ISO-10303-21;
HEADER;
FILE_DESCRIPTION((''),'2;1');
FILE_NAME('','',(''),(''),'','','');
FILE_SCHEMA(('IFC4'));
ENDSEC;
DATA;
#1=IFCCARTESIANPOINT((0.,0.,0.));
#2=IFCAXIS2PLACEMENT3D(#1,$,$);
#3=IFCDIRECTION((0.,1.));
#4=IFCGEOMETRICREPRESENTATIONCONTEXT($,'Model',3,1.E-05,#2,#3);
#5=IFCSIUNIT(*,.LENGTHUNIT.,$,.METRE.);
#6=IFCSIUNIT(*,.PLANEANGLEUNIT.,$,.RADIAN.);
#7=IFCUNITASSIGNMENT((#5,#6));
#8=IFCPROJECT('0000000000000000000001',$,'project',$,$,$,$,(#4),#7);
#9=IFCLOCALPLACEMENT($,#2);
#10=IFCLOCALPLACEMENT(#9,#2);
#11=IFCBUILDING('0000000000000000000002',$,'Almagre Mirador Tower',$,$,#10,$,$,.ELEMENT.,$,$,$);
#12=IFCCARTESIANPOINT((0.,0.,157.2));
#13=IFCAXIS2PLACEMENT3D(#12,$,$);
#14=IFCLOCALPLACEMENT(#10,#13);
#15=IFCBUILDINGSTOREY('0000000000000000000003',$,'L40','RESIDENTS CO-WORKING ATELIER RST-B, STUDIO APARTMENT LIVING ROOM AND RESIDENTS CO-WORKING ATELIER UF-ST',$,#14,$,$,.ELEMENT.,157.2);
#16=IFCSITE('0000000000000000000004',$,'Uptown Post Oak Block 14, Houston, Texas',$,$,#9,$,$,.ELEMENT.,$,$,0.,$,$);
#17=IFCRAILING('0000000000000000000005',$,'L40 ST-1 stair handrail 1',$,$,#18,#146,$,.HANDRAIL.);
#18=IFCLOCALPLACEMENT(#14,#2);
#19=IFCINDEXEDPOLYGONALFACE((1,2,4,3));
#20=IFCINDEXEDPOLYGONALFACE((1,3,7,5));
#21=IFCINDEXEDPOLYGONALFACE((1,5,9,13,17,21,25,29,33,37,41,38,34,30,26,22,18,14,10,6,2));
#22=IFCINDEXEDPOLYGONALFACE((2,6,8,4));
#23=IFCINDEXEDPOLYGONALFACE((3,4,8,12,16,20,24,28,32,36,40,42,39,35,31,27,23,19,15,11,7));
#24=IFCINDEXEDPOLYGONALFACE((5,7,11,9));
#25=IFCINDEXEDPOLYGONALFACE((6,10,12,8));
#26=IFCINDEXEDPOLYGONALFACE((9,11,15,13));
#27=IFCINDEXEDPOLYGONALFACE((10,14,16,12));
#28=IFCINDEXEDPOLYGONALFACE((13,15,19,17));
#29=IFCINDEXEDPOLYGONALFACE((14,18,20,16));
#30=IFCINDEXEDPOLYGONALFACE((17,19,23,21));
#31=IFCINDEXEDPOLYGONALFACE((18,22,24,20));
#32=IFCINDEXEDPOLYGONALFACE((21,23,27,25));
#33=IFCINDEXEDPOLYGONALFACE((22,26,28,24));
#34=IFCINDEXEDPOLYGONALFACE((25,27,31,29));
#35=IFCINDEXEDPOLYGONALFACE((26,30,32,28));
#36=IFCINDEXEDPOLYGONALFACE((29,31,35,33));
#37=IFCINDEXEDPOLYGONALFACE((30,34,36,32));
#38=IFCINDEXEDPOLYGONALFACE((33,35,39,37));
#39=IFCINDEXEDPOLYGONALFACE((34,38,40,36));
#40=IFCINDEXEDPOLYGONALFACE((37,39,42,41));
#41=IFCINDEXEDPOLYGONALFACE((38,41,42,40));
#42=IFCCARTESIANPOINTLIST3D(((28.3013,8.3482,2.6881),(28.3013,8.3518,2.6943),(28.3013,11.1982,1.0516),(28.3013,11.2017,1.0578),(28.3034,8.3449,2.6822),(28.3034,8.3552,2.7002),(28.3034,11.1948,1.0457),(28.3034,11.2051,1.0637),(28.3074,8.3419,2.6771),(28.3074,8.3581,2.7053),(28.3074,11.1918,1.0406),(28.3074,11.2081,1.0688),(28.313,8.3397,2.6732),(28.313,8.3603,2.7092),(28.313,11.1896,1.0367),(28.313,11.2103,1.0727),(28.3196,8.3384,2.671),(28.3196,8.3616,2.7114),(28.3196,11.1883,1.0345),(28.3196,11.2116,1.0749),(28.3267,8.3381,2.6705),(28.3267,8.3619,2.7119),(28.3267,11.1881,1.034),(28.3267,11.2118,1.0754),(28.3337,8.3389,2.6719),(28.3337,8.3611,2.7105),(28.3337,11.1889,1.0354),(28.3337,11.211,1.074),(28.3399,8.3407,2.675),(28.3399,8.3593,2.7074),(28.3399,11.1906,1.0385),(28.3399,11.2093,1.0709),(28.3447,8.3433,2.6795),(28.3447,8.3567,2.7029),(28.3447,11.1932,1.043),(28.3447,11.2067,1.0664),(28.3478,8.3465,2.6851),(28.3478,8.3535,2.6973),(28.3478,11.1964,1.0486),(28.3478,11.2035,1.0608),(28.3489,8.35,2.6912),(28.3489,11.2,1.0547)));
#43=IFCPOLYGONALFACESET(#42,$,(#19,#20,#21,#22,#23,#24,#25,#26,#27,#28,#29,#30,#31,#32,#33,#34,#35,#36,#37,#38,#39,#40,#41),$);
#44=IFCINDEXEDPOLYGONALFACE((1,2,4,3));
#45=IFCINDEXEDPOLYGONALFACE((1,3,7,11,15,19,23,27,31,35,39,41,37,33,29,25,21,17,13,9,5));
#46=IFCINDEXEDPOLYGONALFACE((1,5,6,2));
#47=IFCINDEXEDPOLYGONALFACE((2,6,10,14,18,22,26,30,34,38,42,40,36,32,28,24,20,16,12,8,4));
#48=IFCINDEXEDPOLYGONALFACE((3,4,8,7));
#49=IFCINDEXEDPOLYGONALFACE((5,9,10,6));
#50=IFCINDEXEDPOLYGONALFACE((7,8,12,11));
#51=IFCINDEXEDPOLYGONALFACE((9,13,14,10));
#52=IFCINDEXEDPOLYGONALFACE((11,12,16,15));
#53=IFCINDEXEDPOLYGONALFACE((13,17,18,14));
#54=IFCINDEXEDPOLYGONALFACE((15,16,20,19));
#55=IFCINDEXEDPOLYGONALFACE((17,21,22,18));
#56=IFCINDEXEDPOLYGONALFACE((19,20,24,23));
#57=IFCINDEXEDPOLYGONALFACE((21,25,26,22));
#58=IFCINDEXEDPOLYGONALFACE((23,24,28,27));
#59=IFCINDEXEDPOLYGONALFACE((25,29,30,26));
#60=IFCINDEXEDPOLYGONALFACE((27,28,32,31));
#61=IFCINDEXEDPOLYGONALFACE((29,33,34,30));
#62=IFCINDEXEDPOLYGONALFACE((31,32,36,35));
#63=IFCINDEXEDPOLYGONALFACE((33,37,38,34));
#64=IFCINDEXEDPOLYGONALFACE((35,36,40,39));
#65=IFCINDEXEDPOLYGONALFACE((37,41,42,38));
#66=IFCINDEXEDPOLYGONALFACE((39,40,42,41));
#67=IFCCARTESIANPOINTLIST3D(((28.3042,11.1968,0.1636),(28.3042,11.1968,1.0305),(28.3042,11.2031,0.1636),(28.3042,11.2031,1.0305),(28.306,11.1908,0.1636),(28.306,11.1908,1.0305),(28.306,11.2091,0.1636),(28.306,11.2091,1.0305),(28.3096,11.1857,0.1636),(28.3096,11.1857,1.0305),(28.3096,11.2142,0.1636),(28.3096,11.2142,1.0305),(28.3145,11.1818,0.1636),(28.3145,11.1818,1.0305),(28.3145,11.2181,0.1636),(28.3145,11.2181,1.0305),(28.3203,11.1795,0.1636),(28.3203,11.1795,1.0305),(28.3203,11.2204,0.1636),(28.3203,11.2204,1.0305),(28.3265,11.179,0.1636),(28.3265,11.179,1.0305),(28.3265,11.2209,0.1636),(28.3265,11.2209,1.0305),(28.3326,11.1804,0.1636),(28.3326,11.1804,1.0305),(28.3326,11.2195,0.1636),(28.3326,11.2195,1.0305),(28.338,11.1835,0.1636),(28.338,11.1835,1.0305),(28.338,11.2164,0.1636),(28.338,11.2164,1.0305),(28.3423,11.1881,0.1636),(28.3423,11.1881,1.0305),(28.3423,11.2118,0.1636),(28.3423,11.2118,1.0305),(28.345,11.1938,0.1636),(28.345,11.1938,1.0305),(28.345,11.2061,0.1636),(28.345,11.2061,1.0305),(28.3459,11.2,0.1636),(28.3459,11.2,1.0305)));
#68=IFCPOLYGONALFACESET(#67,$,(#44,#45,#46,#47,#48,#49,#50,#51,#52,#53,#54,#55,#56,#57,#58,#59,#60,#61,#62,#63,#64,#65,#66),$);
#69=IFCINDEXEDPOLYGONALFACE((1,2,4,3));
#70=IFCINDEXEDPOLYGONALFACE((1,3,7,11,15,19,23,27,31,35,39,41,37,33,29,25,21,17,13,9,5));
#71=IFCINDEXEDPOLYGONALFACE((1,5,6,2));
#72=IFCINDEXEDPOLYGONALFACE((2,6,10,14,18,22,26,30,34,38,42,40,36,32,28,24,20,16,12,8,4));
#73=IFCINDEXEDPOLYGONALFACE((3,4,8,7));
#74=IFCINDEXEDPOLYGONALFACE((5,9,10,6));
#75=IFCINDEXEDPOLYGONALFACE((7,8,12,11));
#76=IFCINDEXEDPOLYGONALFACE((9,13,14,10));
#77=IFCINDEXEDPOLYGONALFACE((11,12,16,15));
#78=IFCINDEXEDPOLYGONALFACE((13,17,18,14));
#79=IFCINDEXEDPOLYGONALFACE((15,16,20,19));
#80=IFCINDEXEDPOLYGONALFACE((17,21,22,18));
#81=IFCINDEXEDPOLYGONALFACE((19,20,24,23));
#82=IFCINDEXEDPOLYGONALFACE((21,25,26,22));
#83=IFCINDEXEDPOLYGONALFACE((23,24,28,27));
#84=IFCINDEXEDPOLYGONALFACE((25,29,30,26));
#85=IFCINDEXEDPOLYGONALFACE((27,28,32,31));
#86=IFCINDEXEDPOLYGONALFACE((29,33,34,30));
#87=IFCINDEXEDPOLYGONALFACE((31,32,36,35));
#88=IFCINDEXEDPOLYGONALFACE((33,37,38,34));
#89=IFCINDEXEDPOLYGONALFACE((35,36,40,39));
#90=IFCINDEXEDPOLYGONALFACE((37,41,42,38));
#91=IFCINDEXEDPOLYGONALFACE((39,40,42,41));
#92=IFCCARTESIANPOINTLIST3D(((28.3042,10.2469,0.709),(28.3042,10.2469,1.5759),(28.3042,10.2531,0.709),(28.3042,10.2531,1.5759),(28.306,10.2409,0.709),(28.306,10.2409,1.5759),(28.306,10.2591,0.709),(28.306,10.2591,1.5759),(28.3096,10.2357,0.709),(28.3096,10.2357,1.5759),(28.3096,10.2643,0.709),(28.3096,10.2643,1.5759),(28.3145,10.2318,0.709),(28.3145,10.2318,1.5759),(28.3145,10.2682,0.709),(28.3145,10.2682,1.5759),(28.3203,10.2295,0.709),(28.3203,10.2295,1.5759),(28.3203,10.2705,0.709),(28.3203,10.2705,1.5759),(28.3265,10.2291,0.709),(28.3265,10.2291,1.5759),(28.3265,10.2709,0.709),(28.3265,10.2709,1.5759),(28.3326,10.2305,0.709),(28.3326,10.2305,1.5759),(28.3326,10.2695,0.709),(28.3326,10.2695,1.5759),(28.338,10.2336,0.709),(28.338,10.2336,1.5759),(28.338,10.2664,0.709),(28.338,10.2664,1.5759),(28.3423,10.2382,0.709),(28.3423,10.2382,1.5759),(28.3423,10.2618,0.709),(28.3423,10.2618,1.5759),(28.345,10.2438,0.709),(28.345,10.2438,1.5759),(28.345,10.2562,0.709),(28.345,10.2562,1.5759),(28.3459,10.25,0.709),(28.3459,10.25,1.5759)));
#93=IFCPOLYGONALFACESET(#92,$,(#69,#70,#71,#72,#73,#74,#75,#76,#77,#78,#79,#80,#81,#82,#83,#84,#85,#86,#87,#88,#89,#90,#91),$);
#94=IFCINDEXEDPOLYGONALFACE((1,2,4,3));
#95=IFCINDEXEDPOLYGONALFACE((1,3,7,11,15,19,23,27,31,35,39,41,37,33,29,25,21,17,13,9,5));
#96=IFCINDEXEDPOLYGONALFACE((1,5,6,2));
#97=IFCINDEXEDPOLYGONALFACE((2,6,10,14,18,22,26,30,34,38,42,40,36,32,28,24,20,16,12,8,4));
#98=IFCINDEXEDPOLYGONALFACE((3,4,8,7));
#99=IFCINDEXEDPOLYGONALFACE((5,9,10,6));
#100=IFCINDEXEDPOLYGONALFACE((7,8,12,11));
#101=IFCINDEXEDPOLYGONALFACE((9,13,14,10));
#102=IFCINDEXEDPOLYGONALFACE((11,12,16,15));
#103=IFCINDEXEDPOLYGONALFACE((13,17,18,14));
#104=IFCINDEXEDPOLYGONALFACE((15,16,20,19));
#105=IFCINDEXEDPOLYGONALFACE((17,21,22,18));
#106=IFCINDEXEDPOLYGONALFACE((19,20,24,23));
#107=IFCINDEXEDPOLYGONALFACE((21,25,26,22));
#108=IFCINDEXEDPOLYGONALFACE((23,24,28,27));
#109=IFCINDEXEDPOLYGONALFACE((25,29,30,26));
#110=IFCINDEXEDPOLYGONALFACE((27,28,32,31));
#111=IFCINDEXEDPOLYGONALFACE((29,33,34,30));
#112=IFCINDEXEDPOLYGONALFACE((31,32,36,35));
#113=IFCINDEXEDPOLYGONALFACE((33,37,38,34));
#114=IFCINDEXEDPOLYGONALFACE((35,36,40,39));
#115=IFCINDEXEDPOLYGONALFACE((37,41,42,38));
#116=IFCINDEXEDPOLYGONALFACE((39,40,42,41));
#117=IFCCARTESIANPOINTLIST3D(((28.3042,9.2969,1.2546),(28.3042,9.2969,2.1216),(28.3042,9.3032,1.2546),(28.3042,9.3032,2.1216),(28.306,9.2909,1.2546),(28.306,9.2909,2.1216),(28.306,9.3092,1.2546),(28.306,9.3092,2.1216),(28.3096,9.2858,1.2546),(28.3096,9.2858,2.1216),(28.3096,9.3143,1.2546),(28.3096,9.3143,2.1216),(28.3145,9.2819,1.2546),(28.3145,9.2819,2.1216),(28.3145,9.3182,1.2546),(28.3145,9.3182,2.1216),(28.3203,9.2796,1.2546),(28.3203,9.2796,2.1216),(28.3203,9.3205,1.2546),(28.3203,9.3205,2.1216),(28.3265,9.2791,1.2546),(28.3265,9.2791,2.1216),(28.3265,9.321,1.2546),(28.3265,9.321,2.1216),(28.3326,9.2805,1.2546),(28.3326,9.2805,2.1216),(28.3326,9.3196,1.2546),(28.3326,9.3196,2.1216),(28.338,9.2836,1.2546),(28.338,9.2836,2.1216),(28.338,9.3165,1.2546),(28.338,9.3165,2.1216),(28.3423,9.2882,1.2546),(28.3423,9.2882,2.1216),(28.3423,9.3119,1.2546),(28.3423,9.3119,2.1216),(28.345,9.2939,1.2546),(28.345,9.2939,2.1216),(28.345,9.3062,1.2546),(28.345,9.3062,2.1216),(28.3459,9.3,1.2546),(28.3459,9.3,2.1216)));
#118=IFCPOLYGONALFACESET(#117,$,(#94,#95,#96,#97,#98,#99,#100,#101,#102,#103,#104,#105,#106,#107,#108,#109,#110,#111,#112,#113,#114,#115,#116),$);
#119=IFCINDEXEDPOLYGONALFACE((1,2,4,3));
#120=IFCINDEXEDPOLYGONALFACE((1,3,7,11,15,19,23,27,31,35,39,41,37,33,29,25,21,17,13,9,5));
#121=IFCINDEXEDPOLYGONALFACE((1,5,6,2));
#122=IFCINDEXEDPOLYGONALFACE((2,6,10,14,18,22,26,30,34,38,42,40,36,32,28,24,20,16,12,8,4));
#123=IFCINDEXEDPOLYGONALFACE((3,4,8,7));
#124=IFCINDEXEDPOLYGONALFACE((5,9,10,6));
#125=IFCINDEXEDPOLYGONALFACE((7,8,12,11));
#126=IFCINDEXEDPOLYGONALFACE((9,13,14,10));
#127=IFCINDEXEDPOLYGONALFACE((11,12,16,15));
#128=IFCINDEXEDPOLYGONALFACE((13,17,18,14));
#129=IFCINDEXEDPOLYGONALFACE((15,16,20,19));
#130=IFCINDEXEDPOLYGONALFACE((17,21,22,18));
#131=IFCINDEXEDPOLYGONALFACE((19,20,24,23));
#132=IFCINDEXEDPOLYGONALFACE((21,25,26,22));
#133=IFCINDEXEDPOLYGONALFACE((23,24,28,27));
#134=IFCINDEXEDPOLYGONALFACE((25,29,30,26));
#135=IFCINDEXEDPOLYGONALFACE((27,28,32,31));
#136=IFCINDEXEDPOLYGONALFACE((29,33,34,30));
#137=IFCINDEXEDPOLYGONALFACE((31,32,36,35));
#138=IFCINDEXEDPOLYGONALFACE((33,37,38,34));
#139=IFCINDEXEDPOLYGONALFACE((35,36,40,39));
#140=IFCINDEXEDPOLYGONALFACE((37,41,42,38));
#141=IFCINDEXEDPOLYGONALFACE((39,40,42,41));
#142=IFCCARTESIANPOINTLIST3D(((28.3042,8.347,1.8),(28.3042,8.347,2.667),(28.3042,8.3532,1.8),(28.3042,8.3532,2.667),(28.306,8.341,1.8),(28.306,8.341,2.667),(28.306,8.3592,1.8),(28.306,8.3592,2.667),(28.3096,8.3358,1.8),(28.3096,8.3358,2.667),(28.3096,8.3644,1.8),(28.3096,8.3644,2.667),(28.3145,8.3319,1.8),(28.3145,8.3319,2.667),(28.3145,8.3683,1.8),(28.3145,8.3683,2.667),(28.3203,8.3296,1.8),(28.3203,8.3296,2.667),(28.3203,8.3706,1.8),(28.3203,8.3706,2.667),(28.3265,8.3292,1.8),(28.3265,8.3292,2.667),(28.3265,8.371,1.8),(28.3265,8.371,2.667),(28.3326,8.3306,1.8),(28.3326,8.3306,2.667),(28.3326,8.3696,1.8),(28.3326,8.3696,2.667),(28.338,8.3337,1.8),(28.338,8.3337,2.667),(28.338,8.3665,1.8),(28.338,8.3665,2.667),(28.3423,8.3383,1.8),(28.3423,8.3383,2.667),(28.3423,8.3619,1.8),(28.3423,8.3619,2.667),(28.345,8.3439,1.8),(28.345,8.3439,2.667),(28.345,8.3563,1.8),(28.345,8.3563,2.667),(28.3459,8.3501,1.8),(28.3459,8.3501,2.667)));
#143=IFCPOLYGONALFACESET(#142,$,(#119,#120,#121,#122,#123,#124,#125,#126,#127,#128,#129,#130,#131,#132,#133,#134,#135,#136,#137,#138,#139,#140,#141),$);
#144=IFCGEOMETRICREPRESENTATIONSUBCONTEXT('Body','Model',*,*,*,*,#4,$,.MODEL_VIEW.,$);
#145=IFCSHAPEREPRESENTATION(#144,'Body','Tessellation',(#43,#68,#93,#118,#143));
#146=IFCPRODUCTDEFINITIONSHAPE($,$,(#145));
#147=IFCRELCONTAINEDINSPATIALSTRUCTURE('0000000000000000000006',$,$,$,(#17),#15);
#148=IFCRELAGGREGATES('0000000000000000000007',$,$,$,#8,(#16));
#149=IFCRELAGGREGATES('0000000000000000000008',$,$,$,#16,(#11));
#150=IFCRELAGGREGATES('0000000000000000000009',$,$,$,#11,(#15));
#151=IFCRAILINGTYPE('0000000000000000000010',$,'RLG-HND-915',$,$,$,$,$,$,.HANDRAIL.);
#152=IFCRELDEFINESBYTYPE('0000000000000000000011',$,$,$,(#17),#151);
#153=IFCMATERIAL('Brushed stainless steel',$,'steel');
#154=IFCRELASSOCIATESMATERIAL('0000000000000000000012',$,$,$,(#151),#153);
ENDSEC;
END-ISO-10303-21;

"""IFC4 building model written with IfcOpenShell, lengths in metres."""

from ifc_helpers import new_model, si_unit, direction, frame, origin, origin_2d, place, context, subcontext, project, spatial, circle, extrude, material, type_object, element, save


model = new_model("IFC4")

# Units and contexts
model_context = context("Model", 3, precision=1e-05, world=origin(), true_north=direction((0.0, 1.0)))
body_context = subcontext(model_context, "Body", "Model", "MODEL_VIEW")
ifc_project = project(units=[si_unit("LENGTHUNIT", "METRE"), si_unit("PLANEANGLEUNIT", "RADIAN")], contexts=[model_context])

# Site, building, storey
site_placement = place(None, origin())
site = spatial("IfcSite", under=ifc_project, at=site_placement, Name="Uptown Post Oak Block 14, Houston, Texas", CompositionType="ELEMENT", RefElevation=0.0)
building_placement = place(site_placement, origin())
building = spatial("IfcBuilding", under=site, at=building_placement, Name="Almagre Mirador Tower", CompositionType="ELEMENT")
storey_placement = place(building_placement, frame((0.0, 0.0, 157.2)))
storey = spatial("IfcBuildingStorey", under=building, at=storey_placement, Name="L40", Description="RESIDENTS CO-WORKING ATELIER RST-B, STUDIO APARTMENT LIVING ROOM AND RESIDENTS CO-WORKING ATELIER UF-ST", CompositionType="ELEMENT", Elevation=157.2)

# Railing
ifc_material_1 = material(Name="Brushed stainless steel", Category="steel")
railing_type_1 = type_object("IfcRailingType", Name="RLG-HND-915", PredefinedType="HANDRAIL", material=ifc_material_1)
railing_1_placement = place(storey_placement, frame((28.325, 11.2, 0.1636)))
element("IfcRailing", 1, at=railing_1_placement, inside=storey, type_object=railing_type_1, Name="L40 ST-1 stair handrail 1", PredefinedType="HANDRAIL", context=body_context, shape_type="SweptSolid", body=[
    extrude(circle(Radius=0.0239, at=origin_2d()), frame((0.0, 0.0, 0.8911), z_axis=(0.0, -0.867194, 0.49797), x_axis=(1.0, 0.0, 0.0)), (0.0, 0.0, 1.0), 3.2864),
    extrude(circle(Radius=0.021, at=origin_2d()), origin(), (0.0, 0.0, 1.0), 0.8669),
    extrude(circle(Radius=0.021, at=origin_2d()), frame((0.0, -0.95, 0.5454)), (0.0, 0.0, 1.0), 0.8669),
    extrude(circle(Radius=0.021, at=origin_2d()), frame((0.0, -1.8999, 1.0911)), (0.0, 0.0, 1.0), 0.8669),
    extrude(circle(Radius=0.021, at=origin_2d()), frame((0.0, -2.8499, 1.6365)), (0.0, 0.0, 1.0), 0.8669),
])

save(model, "model.ifc")
